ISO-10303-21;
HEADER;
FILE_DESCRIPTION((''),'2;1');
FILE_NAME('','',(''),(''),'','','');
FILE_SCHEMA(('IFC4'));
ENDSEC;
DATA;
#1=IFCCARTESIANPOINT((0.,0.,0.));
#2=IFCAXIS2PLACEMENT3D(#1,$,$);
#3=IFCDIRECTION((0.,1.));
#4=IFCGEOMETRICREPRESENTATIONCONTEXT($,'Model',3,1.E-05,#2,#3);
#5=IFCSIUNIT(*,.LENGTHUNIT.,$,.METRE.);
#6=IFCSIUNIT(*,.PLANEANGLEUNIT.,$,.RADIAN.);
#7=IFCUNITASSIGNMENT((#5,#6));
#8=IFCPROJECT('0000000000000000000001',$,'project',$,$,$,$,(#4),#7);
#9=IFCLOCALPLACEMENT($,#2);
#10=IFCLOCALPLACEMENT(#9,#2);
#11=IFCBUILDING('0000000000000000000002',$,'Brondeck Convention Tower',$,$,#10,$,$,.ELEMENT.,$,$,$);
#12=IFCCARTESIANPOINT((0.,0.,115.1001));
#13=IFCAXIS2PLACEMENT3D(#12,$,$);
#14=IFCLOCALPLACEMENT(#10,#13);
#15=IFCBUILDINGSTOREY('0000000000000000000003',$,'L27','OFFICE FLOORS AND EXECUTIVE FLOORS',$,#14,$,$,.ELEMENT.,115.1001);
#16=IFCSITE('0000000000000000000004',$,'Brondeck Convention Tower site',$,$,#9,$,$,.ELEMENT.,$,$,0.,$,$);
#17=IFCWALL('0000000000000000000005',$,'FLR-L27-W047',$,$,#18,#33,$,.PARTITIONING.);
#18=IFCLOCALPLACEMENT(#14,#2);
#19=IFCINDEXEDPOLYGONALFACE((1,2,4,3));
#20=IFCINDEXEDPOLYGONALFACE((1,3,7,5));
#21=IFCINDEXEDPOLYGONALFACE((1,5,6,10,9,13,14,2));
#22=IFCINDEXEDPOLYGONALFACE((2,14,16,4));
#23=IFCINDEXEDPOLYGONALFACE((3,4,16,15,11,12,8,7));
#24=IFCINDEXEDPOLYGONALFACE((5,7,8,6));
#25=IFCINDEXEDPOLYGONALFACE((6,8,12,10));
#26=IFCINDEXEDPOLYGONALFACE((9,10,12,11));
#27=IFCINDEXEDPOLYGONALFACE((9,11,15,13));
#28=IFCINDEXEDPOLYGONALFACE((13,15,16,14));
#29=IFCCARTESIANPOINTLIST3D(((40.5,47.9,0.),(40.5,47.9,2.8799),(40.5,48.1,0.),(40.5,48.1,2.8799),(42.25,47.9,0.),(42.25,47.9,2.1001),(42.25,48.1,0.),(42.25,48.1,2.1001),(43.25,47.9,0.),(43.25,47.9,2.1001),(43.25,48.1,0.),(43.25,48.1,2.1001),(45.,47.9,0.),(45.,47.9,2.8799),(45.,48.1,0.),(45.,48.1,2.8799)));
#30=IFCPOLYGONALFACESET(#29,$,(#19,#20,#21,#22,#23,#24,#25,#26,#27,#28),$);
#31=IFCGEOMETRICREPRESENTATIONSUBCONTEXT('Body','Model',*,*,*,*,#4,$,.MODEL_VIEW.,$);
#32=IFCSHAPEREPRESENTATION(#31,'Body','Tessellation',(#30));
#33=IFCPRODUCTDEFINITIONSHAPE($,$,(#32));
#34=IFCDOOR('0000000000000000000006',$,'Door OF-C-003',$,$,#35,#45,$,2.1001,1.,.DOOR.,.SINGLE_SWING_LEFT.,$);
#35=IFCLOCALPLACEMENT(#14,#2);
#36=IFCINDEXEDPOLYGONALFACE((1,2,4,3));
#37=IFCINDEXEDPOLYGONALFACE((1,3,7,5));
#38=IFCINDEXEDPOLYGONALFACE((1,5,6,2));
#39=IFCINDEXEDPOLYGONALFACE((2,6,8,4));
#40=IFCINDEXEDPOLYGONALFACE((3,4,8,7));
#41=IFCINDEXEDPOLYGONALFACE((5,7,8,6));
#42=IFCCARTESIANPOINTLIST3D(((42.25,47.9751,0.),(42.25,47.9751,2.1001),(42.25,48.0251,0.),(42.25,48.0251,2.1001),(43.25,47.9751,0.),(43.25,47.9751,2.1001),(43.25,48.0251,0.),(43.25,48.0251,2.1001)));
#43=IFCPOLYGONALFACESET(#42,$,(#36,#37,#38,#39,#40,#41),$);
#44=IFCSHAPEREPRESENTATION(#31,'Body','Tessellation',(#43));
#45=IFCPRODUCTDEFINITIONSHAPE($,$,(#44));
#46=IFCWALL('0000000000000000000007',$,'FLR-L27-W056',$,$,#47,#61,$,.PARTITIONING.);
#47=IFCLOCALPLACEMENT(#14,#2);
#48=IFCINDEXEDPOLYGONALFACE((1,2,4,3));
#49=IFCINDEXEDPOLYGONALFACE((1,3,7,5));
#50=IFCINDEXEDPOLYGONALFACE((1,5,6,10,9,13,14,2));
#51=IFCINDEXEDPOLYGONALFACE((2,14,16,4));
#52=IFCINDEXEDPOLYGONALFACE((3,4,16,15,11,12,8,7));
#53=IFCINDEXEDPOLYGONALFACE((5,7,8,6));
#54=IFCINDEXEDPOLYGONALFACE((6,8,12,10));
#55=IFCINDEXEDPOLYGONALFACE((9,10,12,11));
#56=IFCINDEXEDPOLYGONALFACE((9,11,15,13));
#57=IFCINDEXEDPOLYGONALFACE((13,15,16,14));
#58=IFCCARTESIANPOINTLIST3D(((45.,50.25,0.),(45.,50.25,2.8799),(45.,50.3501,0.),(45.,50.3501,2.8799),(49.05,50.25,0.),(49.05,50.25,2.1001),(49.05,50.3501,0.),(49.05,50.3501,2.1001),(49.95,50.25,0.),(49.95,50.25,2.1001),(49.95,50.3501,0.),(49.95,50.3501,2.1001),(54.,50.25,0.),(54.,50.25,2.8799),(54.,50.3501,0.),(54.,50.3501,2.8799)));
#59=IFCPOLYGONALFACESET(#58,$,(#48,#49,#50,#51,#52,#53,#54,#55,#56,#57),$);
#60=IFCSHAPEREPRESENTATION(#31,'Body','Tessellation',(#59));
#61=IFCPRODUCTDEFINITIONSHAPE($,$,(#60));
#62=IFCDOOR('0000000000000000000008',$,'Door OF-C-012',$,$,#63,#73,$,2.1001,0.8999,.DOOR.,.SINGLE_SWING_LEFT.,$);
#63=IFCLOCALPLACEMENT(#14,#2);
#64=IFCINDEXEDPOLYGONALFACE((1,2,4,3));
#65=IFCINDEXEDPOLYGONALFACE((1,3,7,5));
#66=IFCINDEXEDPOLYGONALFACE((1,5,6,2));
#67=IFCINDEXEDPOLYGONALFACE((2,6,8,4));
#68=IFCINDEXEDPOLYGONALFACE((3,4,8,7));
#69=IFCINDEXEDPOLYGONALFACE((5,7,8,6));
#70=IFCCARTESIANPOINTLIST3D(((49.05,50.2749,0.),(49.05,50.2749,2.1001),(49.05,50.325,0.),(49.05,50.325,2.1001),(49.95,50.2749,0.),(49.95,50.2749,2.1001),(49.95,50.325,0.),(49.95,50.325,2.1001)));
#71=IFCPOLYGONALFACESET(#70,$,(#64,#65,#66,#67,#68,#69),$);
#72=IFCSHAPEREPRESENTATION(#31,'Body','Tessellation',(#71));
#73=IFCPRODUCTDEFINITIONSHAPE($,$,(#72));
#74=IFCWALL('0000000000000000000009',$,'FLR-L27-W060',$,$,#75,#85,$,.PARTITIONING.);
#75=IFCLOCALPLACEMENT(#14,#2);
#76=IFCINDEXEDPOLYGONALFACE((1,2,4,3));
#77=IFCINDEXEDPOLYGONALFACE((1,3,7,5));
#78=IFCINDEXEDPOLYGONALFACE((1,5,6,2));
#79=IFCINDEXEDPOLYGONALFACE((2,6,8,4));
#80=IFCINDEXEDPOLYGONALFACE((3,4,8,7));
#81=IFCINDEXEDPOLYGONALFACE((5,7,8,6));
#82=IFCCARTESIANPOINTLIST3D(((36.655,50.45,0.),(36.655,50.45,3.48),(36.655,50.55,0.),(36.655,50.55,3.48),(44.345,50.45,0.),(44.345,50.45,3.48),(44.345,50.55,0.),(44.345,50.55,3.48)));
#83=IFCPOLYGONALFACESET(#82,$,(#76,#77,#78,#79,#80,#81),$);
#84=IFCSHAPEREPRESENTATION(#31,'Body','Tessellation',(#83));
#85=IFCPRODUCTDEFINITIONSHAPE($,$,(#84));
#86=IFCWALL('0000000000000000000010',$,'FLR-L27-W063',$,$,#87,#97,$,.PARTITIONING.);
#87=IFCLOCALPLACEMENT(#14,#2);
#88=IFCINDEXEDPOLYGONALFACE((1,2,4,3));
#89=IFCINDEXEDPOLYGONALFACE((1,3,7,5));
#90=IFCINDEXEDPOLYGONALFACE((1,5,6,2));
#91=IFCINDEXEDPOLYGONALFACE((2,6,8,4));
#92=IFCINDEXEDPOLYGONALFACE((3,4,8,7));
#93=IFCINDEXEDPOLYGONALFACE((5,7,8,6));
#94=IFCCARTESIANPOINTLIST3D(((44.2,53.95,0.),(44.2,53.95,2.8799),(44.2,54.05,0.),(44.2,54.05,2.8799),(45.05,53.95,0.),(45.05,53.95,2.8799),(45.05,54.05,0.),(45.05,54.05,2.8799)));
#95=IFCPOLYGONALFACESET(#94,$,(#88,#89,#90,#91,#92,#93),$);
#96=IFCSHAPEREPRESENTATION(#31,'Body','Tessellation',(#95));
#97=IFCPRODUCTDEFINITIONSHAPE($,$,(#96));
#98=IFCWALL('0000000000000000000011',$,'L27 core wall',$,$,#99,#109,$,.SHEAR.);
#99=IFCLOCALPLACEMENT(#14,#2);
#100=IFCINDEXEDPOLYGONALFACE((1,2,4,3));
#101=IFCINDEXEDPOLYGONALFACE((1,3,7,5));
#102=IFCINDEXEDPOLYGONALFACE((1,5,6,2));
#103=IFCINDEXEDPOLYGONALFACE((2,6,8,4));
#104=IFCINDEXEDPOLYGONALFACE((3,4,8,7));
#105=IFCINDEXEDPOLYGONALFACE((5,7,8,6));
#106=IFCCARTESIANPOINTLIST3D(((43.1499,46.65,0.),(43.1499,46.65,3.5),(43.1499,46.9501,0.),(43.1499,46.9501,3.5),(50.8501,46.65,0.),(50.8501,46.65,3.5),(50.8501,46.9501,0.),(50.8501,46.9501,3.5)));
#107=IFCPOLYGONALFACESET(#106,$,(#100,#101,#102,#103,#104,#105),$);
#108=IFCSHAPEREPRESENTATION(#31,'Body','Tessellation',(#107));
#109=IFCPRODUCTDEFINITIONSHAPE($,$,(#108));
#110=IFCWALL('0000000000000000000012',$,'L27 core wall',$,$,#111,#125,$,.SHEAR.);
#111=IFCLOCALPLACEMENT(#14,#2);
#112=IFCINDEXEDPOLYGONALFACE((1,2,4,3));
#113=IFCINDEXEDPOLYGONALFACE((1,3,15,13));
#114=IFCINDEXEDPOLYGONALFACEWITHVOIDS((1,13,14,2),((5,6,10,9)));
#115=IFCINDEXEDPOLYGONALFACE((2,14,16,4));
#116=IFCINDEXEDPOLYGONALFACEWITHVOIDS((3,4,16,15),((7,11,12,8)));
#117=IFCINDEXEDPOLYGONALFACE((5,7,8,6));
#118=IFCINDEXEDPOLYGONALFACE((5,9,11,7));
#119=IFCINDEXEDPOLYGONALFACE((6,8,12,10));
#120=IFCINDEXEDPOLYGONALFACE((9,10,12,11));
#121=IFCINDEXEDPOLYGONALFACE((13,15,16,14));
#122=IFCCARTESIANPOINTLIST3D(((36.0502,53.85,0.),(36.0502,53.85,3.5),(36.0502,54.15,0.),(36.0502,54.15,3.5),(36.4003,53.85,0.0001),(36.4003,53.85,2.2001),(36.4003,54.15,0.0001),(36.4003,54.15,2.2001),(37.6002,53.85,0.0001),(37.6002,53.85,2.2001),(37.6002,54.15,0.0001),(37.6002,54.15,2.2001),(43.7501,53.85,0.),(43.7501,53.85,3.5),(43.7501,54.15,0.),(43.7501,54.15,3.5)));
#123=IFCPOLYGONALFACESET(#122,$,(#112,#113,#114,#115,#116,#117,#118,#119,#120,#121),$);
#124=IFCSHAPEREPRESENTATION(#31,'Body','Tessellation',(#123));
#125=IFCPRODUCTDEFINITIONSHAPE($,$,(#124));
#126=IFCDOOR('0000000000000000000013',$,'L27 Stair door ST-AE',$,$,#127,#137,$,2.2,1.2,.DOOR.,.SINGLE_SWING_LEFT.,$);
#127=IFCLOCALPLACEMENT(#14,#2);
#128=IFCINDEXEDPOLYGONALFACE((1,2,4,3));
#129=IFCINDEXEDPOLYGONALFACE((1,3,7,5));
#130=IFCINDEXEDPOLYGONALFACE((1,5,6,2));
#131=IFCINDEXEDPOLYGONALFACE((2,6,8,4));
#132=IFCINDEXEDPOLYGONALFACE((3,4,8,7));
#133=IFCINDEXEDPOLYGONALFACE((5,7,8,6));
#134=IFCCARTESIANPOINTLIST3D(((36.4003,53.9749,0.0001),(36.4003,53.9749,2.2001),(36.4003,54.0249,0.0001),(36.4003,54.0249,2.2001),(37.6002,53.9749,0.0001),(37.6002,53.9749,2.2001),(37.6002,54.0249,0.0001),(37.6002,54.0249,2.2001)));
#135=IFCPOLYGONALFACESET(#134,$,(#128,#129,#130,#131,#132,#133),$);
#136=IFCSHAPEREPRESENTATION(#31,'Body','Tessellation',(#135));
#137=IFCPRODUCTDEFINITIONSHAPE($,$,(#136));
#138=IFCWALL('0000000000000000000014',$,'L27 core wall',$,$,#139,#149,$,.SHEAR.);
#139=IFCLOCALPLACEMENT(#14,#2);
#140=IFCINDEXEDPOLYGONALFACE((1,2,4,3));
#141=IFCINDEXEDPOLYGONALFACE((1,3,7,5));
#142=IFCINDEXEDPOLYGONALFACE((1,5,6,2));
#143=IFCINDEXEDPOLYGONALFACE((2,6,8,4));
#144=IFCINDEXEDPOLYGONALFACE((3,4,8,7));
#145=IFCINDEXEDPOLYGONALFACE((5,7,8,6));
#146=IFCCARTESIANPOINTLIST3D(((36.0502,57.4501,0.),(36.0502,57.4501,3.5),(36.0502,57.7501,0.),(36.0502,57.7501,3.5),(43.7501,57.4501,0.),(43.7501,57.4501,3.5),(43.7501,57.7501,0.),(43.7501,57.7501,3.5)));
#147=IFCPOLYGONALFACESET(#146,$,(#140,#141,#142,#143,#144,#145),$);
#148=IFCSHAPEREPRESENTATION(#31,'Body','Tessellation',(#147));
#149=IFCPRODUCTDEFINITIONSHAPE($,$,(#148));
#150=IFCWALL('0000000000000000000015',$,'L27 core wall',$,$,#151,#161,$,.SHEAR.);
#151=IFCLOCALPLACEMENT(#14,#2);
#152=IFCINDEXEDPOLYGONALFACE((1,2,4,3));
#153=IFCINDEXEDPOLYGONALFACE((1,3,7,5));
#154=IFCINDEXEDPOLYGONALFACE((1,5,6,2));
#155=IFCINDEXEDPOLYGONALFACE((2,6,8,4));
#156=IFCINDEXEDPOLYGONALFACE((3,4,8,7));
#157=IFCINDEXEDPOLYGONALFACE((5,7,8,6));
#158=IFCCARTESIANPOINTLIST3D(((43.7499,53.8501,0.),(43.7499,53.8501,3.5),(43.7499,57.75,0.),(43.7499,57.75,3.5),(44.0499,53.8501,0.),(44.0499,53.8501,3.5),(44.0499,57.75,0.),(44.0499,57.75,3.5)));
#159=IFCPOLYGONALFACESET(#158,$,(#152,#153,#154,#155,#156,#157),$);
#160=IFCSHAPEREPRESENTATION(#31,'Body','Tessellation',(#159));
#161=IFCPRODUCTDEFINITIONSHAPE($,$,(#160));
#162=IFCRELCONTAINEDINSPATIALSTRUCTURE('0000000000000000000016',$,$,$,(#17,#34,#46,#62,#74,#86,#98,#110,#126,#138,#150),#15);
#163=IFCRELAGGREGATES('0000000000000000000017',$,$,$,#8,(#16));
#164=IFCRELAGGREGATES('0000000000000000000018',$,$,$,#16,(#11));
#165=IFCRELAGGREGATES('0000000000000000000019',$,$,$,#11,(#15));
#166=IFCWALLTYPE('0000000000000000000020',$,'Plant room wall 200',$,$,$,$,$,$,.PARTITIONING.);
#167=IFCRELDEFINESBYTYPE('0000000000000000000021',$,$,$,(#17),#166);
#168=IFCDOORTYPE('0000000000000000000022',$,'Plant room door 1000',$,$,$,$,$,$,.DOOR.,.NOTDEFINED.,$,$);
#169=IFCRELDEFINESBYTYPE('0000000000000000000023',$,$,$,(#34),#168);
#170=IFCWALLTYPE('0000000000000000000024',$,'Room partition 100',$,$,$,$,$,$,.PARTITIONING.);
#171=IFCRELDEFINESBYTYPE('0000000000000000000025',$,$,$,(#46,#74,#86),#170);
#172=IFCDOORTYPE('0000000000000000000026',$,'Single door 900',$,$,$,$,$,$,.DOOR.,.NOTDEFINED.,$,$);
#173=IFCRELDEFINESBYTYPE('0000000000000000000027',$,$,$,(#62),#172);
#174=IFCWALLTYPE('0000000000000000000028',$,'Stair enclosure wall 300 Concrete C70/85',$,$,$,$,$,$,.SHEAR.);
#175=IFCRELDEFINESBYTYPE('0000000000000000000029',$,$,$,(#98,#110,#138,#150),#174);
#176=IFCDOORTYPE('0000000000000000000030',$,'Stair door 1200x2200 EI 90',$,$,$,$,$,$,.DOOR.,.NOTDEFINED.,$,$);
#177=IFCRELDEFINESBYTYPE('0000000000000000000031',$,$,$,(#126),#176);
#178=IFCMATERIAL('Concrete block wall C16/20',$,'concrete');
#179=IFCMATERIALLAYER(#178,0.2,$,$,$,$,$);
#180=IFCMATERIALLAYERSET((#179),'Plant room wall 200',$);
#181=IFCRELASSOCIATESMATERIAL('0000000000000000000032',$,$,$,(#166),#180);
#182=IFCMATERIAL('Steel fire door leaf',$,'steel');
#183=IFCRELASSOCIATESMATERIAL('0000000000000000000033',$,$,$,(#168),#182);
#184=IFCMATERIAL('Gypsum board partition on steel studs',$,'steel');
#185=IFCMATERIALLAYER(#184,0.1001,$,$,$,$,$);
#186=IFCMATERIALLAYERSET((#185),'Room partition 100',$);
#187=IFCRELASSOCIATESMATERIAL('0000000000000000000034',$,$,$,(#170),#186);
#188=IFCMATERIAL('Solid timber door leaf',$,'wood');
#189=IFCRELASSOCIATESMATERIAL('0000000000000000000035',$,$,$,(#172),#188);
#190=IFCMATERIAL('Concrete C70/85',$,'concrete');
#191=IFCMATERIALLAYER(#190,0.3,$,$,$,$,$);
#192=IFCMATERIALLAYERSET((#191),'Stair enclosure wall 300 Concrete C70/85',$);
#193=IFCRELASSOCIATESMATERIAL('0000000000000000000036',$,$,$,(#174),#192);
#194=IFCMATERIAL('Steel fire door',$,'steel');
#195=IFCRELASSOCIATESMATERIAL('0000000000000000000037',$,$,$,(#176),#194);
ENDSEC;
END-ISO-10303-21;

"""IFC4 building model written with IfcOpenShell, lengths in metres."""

from ifc_helpers import new_model, si_unit, direction, frame, frame_2d, origin, place, context, subcontext, project, spatial, rectangle, extrude, material, layer, layer_set, type_object, element, fill, save


model = new_model("IFC4")

# Units and contexts
model_context = context("Model", 3, precision=1e-05, world=origin(), true_north=direction((0.0, 1.0)))
body_context = subcontext(model_context, "Body", "Model", "MODEL_VIEW")
ifc_project = project(units=[si_unit("LENGTHUNIT", "METRE"), si_unit("PLANEANGLEUNIT", "RADIAN")], contexts=[model_context])

# Site, building, storey
site_placement = place(None, origin())
site = spatial("IfcSite", under=ifc_project, at=site_placement, Name="Brondeck Convention Tower site", CompositionType="ELEMENT", RefElevation=0.0)
building_placement = place(site_placement, origin())
building = spatial("IfcBuilding", under=site, at=building_placement, Name="Brondeck Convention Tower", CompositionType="ELEMENT")
storey_placement = place(building_placement, frame((0.0, 0.0, 115.1001)))
storey = spatial("IfcBuildingStorey", under=building, at=storey_placement, Name="L27", Description="OFFICE FLOORS AND EXECUTIVE FLOORS", CompositionType="ELEMENT", Elevation=115.1001)

# Shared definitions
ifc_material_1 = material(Name="Concrete C70/85", Category="concrete")

# Shared definitions
ifc_material_2 = material(Name="Concrete block wall C16/20", Category="concrete")
ifc_layer_1 = layer(ifc_material_2, 0.2)
ifc_layer_set_1 = layer_set([ifc_layer_1], Name="Plant room wall 200")
wall_type_1 = type_object("IfcWallType", Name="Plant room wall 200", PredefinedType="PARTITIONING", material=ifc_layer_set_1)

# Walls, openings, doors
wall_1_placement = place(storey_placement, frame((45.0, 48.0, 0.0), z_axis=(0.0, 0.0, 1.0), x_axis=(-1.0, 0.0, 0.0)))
wall_1 = element("IfcWall", 1, at=wall_1_placement, inside=storey, type_object=wall_type_1, Name="FLR-L27-W047", PredefinedType="PARTITIONING", context=body_context, shape_type="SweptSolid", body=[
    extrude(rectangle(XDim=4.5, YDim=0.2, at=frame_2d((2.25, 0.0))), origin(), (0.0, 0.0, 1.0), 2.8799),
])
opening_1_placement = place(wall_1_placement, frame((1.75, 0.0, 0.0)))
opening_1 = element("IfcOpeningElement", 2, at=opening_1_placement, cuts=wall_1, PredefinedType="OPENING", context=body_context, shape_type="SweptSolid", body=[
    extrude(rectangle(XDim=1.0, YDim=2.1001, at=frame_2d((0.5, 1.05))), frame((0.0, 0.1099, 0.0), z_axis=(0.0, -1.0, 0.0), x_axis=(1.0, 0.0, 0.0)), (0.0, 0.0, 1.0), 0.22),
])
ifc_material_3 = material(Name="Steel fire door leaf", Category="steel")
door_type_1 = type_object("IfcDoorType", Name="Plant room door 1000", OperationType="NOTDEFINED", PredefinedType="DOOR", material=ifc_material_3)
door_1_placement = place(opening_1_placement, origin())
door_1 = element("IfcDoor", 3, at=door_1_placement, inside=storey, type_object=door_type_1, Name="Door OF-C-003", OperationType="SINGLE_SWING_LEFT", OverallHeight=2.1001, OverallWidth=1.0, PredefinedType="DOOR", context=body_context, shape_type="SweptSolid", body=[
    extrude(rectangle(XDim=1.0, YDim=2.1001, at=frame_2d((0.5, 1.05))), frame((0.0, 0.0249, 0.0), z_axis=(0.0, -1.0, 0.0), x_axis=(1.0, 0.0, 0.0)), (0.0, 0.0, 1.0), 0.05),
])
fill(opening_1, door_1)
ifc_material_4 = material(Name="Gypsum board partition on steel studs", Category="steel")
ifc_layer_2 = layer(ifc_material_4, 0.1001)
ifc_layer_set_2 = layer_set([ifc_layer_2], Name="Room partition 100")
wall_type_2 = type_object("IfcWallType", Name="Room partition 100", PredefinedType="PARTITIONING", material=ifc_layer_set_2)
wall_2_placement = place(storey_placement, frame((45.0, 50.3, 0.0), z_axis=(0.0, 0.0, 1.0), x_axis=(1.0, 0.0, 0.0)))
wall_2 = element("IfcWall", 4, at=wall_2_placement, inside=storey, type_object=wall_type_2, Name="FLR-L27-W056", PredefinedType="PARTITIONING", context=body_context, shape_type="SweptSolid", body=[
    extrude(rectangle(XDim=9.0, YDim=0.1001, at=frame_2d((4.5, 0.0))), origin(), (0.0, 0.0, 1.0), 2.8799),
])
opening_2_placement = place(wall_2_placement, frame((4.05, 0.0, 0.0)))
opening_2 = element("IfcOpeningElement", 5, at=opening_2_placement, cuts=wall_2, PredefinedType="OPENING", context=body_context, shape_type="SweptSolid", body=[
    extrude(rectangle(XDim=0.8999, YDim=2.1001, at=frame_2d((0.45, 1.05))), frame((0.0, 0.0601, 0.0), z_axis=(0.0, -1.0, 0.0), x_axis=(1.0, 0.0, 0.0)), (0.0, 0.0, 1.0), 0.1201),
])
ifc_material_5 = material(Name="Solid timber door leaf", Category="wood")
door_type_2 = type_object("IfcDoorType", Name="Single door 900", OperationType="NOTDEFINED", PredefinedType="DOOR", material=ifc_material_5)
door_2_placement = place(opening_2_placement, origin())
door_2 = element("IfcDoor", 6, at=door_2_placement, inside=storey, type_object=door_type_2, Name="Door OF-C-012", OperationType="SINGLE_SWING_LEFT", OverallHeight=2.1001, OverallWidth=0.8999, PredefinedType="DOOR", context=body_context, shape_type="SweptSolid", body=[
    extrude(rectangle(XDim=0.8999, YDim=2.1001, at=frame_2d((0.45, 1.05))), frame((0.0, 0.0249, 0.0), z_axis=(0.0, -1.0, 0.0), x_axis=(1.0, 0.0, 0.0)), (0.0, 0.0, 1.0), 0.05),
])
fill(opening_2, door_2)

# Walls
wall_3_placement = place(storey_placement, frame((44.345, 50.5, 0.0), z_axis=(0.0, 0.0, 1.0), x_axis=(-1.0, 0.0, 0.0)))
element("IfcWall", 7, at=wall_3_placement, inside=storey, type_object=wall_type_2, Name="FLR-L27-W060", PredefinedType="PARTITIONING", context=body_context, shape_type="SweptSolid", body=[
    extrude(rectangle(XDim=7.6899, YDim=0.1001, at=frame_2d((3.845, 0.0))), origin(), (0.0, 0.0, 1.0), 3.48),
])
wall_4_placement = place(storey_placement, frame((44.2, 54.0, 0.0), z_axis=(0.0, 0.0, 1.0), x_axis=(1.0, 0.0, 0.0)))
element("IfcWall", 8, at=wall_4_placement, inside=storey, type_object=wall_type_2, Name="FLR-L27-W063", PredefinedType="PARTITIONING", context=body_context, shape_type="SweptSolid", body=[
    extrude(rectangle(XDim=0.8501, YDim=0.1001, at=frame_2d((0.425, 0.0))), origin(), (0.0, 0.0, 1.0), 2.8799),
])
ifc_layer_3 = layer(ifc_material_1, 0.3)
ifc_layer_set_3 = layer_set([ifc_layer_3], Name="Stair enclosure wall 300 Concrete C70/85")
wall_type_3 = type_object("IfcWallType", Name="Stair enclosure wall 300 Concrete C70/85", PredefinedType="SHEAR", material=ifc_layer_set_3)
wall_5_placement = place(storey_placement, frame((43.1499, 46.8, 0.0), z_axis=(0.0, 0.0, 1.0), x_axis=(1.0, 0.0, 0.0)))
element("IfcWall", 9, at=wall_5_placement, inside=storey, type_object=wall_type_3, Name="L27 core wall", PredefinedType="SHEAR", context=body_context, shape_type="SweptSolid", body=[
    extrude(rectangle(XDim=7.7002, YDim=0.3, at=frame_2d((3.8501, 0.0))), origin(), (0.0, 0.0, 1.0), 3.5),
])

# Wall, opening, door
wall_6_placement = place(storey_placement, frame((36.05, 54.0, 0.0), z_axis=(0.0, 0.0, 1.0), x_axis=(1.0, 0.0, 0.0)))
wall_6 = element("IfcWall", 10, at=wall_6_placement, inside=storey, type_object=wall_type_3, Name="L27 core wall", PredefinedType="SHEAR", context=body_context, shape_type="SweptSolid", body=[
    extrude(rectangle(XDim=7.7, YDim=0.3, at=frame_2d((3.8501, 0.0))), origin(), (0.0, 0.0, 1.0), 3.5),
])
opening_3_placement = place(wall_6_placement, frame((0.3501, 0.0, 0.0)))
opening_3 = element("IfcOpeningElement", 11, at=opening_3_placement, cuts=wall_6, PredefinedType="OPENING", context=body_context, shape_type="SweptSolid", body=[
    extrude(rectangle(XDim=1.2, YDim=2.2, at=frame_2d((0.6001, 1.1001))), frame((0.0, 0.1599, 0.0), z_axis=(0.0, -1.0, 0.0), x_axis=(1.0, 0.0, 0.0)), (0.0, 0.0, 1.0), 0.3201),
])
ifc_material_6 = material(Name="Steel fire door", Category="steel")
door_type_3 = type_object("IfcDoorType", Name="Stair door 1200x2200 EI 90", OperationType="NOTDEFINED", PredefinedType="DOOR", material=ifc_material_6)
door_3_placement = place(opening_3_placement, origin())
door_3 = element("IfcDoor", 12, at=door_3_placement, inside=storey, type_object=door_type_3, Name="L27 Stair door ST-AE", OperationType="SINGLE_SWING_LEFT", OverallHeight=2.2, OverallWidth=1.2, PredefinedType="DOOR", context=body_context, shape_type="SweptSolid", body=[
    extrude(rectangle(XDim=1.2, YDim=2.2, at=frame_2d((0.6001, 1.1001))), frame((0.0, 0.0249, 0.0), z_axis=(0.0, -1.0, 0.0), x_axis=(1.0, 0.0, 0.0)), (0.0, 0.0, 1.0), 0.05),
])
fill(opening_3, door_3)

# Walls
wall_7_placement = place(storey_placement, frame((36.05, 57.6001, 0.0), z_axis=(0.0, 0.0, 1.0), x_axis=(1.0, 0.0, 0.0)))
element("IfcWall", 13, at=wall_7_placement, inside=storey, type_object=wall_type_3, Name="L27 core wall", PredefinedType="SHEAR", context=body_context, shape_type="SweptSolid", body=[
    extrude(rectangle(XDim=7.7, YDim=0.3, at=frame_2d((3.8501, 0.0))), origin(), (0.0, 0.0, 1.0), 3.5),
])
wall_8_placement = place(storey_placement, frame((43.8999, 53.8501, 0.0), z_axis=(0.0, 0.0, 1.0), x_axis=(0.0, 1.0, 0.0)))
element("IfcWall", 14, at=wall_8_placement, inside=storey, type_object=wall_type_3, Name="L27 core wall", PredefinedType="SHEAR", context=body_context, shape_type="SweptSolid", body=[
    extrude(rectangle(XDim=3.8999, YDim=0.3, at=frame_2d((1.95, 0.0))), origin(), (0.0, 0.0, 1.0), 3.5),
])

save(model, "model.ifc")
